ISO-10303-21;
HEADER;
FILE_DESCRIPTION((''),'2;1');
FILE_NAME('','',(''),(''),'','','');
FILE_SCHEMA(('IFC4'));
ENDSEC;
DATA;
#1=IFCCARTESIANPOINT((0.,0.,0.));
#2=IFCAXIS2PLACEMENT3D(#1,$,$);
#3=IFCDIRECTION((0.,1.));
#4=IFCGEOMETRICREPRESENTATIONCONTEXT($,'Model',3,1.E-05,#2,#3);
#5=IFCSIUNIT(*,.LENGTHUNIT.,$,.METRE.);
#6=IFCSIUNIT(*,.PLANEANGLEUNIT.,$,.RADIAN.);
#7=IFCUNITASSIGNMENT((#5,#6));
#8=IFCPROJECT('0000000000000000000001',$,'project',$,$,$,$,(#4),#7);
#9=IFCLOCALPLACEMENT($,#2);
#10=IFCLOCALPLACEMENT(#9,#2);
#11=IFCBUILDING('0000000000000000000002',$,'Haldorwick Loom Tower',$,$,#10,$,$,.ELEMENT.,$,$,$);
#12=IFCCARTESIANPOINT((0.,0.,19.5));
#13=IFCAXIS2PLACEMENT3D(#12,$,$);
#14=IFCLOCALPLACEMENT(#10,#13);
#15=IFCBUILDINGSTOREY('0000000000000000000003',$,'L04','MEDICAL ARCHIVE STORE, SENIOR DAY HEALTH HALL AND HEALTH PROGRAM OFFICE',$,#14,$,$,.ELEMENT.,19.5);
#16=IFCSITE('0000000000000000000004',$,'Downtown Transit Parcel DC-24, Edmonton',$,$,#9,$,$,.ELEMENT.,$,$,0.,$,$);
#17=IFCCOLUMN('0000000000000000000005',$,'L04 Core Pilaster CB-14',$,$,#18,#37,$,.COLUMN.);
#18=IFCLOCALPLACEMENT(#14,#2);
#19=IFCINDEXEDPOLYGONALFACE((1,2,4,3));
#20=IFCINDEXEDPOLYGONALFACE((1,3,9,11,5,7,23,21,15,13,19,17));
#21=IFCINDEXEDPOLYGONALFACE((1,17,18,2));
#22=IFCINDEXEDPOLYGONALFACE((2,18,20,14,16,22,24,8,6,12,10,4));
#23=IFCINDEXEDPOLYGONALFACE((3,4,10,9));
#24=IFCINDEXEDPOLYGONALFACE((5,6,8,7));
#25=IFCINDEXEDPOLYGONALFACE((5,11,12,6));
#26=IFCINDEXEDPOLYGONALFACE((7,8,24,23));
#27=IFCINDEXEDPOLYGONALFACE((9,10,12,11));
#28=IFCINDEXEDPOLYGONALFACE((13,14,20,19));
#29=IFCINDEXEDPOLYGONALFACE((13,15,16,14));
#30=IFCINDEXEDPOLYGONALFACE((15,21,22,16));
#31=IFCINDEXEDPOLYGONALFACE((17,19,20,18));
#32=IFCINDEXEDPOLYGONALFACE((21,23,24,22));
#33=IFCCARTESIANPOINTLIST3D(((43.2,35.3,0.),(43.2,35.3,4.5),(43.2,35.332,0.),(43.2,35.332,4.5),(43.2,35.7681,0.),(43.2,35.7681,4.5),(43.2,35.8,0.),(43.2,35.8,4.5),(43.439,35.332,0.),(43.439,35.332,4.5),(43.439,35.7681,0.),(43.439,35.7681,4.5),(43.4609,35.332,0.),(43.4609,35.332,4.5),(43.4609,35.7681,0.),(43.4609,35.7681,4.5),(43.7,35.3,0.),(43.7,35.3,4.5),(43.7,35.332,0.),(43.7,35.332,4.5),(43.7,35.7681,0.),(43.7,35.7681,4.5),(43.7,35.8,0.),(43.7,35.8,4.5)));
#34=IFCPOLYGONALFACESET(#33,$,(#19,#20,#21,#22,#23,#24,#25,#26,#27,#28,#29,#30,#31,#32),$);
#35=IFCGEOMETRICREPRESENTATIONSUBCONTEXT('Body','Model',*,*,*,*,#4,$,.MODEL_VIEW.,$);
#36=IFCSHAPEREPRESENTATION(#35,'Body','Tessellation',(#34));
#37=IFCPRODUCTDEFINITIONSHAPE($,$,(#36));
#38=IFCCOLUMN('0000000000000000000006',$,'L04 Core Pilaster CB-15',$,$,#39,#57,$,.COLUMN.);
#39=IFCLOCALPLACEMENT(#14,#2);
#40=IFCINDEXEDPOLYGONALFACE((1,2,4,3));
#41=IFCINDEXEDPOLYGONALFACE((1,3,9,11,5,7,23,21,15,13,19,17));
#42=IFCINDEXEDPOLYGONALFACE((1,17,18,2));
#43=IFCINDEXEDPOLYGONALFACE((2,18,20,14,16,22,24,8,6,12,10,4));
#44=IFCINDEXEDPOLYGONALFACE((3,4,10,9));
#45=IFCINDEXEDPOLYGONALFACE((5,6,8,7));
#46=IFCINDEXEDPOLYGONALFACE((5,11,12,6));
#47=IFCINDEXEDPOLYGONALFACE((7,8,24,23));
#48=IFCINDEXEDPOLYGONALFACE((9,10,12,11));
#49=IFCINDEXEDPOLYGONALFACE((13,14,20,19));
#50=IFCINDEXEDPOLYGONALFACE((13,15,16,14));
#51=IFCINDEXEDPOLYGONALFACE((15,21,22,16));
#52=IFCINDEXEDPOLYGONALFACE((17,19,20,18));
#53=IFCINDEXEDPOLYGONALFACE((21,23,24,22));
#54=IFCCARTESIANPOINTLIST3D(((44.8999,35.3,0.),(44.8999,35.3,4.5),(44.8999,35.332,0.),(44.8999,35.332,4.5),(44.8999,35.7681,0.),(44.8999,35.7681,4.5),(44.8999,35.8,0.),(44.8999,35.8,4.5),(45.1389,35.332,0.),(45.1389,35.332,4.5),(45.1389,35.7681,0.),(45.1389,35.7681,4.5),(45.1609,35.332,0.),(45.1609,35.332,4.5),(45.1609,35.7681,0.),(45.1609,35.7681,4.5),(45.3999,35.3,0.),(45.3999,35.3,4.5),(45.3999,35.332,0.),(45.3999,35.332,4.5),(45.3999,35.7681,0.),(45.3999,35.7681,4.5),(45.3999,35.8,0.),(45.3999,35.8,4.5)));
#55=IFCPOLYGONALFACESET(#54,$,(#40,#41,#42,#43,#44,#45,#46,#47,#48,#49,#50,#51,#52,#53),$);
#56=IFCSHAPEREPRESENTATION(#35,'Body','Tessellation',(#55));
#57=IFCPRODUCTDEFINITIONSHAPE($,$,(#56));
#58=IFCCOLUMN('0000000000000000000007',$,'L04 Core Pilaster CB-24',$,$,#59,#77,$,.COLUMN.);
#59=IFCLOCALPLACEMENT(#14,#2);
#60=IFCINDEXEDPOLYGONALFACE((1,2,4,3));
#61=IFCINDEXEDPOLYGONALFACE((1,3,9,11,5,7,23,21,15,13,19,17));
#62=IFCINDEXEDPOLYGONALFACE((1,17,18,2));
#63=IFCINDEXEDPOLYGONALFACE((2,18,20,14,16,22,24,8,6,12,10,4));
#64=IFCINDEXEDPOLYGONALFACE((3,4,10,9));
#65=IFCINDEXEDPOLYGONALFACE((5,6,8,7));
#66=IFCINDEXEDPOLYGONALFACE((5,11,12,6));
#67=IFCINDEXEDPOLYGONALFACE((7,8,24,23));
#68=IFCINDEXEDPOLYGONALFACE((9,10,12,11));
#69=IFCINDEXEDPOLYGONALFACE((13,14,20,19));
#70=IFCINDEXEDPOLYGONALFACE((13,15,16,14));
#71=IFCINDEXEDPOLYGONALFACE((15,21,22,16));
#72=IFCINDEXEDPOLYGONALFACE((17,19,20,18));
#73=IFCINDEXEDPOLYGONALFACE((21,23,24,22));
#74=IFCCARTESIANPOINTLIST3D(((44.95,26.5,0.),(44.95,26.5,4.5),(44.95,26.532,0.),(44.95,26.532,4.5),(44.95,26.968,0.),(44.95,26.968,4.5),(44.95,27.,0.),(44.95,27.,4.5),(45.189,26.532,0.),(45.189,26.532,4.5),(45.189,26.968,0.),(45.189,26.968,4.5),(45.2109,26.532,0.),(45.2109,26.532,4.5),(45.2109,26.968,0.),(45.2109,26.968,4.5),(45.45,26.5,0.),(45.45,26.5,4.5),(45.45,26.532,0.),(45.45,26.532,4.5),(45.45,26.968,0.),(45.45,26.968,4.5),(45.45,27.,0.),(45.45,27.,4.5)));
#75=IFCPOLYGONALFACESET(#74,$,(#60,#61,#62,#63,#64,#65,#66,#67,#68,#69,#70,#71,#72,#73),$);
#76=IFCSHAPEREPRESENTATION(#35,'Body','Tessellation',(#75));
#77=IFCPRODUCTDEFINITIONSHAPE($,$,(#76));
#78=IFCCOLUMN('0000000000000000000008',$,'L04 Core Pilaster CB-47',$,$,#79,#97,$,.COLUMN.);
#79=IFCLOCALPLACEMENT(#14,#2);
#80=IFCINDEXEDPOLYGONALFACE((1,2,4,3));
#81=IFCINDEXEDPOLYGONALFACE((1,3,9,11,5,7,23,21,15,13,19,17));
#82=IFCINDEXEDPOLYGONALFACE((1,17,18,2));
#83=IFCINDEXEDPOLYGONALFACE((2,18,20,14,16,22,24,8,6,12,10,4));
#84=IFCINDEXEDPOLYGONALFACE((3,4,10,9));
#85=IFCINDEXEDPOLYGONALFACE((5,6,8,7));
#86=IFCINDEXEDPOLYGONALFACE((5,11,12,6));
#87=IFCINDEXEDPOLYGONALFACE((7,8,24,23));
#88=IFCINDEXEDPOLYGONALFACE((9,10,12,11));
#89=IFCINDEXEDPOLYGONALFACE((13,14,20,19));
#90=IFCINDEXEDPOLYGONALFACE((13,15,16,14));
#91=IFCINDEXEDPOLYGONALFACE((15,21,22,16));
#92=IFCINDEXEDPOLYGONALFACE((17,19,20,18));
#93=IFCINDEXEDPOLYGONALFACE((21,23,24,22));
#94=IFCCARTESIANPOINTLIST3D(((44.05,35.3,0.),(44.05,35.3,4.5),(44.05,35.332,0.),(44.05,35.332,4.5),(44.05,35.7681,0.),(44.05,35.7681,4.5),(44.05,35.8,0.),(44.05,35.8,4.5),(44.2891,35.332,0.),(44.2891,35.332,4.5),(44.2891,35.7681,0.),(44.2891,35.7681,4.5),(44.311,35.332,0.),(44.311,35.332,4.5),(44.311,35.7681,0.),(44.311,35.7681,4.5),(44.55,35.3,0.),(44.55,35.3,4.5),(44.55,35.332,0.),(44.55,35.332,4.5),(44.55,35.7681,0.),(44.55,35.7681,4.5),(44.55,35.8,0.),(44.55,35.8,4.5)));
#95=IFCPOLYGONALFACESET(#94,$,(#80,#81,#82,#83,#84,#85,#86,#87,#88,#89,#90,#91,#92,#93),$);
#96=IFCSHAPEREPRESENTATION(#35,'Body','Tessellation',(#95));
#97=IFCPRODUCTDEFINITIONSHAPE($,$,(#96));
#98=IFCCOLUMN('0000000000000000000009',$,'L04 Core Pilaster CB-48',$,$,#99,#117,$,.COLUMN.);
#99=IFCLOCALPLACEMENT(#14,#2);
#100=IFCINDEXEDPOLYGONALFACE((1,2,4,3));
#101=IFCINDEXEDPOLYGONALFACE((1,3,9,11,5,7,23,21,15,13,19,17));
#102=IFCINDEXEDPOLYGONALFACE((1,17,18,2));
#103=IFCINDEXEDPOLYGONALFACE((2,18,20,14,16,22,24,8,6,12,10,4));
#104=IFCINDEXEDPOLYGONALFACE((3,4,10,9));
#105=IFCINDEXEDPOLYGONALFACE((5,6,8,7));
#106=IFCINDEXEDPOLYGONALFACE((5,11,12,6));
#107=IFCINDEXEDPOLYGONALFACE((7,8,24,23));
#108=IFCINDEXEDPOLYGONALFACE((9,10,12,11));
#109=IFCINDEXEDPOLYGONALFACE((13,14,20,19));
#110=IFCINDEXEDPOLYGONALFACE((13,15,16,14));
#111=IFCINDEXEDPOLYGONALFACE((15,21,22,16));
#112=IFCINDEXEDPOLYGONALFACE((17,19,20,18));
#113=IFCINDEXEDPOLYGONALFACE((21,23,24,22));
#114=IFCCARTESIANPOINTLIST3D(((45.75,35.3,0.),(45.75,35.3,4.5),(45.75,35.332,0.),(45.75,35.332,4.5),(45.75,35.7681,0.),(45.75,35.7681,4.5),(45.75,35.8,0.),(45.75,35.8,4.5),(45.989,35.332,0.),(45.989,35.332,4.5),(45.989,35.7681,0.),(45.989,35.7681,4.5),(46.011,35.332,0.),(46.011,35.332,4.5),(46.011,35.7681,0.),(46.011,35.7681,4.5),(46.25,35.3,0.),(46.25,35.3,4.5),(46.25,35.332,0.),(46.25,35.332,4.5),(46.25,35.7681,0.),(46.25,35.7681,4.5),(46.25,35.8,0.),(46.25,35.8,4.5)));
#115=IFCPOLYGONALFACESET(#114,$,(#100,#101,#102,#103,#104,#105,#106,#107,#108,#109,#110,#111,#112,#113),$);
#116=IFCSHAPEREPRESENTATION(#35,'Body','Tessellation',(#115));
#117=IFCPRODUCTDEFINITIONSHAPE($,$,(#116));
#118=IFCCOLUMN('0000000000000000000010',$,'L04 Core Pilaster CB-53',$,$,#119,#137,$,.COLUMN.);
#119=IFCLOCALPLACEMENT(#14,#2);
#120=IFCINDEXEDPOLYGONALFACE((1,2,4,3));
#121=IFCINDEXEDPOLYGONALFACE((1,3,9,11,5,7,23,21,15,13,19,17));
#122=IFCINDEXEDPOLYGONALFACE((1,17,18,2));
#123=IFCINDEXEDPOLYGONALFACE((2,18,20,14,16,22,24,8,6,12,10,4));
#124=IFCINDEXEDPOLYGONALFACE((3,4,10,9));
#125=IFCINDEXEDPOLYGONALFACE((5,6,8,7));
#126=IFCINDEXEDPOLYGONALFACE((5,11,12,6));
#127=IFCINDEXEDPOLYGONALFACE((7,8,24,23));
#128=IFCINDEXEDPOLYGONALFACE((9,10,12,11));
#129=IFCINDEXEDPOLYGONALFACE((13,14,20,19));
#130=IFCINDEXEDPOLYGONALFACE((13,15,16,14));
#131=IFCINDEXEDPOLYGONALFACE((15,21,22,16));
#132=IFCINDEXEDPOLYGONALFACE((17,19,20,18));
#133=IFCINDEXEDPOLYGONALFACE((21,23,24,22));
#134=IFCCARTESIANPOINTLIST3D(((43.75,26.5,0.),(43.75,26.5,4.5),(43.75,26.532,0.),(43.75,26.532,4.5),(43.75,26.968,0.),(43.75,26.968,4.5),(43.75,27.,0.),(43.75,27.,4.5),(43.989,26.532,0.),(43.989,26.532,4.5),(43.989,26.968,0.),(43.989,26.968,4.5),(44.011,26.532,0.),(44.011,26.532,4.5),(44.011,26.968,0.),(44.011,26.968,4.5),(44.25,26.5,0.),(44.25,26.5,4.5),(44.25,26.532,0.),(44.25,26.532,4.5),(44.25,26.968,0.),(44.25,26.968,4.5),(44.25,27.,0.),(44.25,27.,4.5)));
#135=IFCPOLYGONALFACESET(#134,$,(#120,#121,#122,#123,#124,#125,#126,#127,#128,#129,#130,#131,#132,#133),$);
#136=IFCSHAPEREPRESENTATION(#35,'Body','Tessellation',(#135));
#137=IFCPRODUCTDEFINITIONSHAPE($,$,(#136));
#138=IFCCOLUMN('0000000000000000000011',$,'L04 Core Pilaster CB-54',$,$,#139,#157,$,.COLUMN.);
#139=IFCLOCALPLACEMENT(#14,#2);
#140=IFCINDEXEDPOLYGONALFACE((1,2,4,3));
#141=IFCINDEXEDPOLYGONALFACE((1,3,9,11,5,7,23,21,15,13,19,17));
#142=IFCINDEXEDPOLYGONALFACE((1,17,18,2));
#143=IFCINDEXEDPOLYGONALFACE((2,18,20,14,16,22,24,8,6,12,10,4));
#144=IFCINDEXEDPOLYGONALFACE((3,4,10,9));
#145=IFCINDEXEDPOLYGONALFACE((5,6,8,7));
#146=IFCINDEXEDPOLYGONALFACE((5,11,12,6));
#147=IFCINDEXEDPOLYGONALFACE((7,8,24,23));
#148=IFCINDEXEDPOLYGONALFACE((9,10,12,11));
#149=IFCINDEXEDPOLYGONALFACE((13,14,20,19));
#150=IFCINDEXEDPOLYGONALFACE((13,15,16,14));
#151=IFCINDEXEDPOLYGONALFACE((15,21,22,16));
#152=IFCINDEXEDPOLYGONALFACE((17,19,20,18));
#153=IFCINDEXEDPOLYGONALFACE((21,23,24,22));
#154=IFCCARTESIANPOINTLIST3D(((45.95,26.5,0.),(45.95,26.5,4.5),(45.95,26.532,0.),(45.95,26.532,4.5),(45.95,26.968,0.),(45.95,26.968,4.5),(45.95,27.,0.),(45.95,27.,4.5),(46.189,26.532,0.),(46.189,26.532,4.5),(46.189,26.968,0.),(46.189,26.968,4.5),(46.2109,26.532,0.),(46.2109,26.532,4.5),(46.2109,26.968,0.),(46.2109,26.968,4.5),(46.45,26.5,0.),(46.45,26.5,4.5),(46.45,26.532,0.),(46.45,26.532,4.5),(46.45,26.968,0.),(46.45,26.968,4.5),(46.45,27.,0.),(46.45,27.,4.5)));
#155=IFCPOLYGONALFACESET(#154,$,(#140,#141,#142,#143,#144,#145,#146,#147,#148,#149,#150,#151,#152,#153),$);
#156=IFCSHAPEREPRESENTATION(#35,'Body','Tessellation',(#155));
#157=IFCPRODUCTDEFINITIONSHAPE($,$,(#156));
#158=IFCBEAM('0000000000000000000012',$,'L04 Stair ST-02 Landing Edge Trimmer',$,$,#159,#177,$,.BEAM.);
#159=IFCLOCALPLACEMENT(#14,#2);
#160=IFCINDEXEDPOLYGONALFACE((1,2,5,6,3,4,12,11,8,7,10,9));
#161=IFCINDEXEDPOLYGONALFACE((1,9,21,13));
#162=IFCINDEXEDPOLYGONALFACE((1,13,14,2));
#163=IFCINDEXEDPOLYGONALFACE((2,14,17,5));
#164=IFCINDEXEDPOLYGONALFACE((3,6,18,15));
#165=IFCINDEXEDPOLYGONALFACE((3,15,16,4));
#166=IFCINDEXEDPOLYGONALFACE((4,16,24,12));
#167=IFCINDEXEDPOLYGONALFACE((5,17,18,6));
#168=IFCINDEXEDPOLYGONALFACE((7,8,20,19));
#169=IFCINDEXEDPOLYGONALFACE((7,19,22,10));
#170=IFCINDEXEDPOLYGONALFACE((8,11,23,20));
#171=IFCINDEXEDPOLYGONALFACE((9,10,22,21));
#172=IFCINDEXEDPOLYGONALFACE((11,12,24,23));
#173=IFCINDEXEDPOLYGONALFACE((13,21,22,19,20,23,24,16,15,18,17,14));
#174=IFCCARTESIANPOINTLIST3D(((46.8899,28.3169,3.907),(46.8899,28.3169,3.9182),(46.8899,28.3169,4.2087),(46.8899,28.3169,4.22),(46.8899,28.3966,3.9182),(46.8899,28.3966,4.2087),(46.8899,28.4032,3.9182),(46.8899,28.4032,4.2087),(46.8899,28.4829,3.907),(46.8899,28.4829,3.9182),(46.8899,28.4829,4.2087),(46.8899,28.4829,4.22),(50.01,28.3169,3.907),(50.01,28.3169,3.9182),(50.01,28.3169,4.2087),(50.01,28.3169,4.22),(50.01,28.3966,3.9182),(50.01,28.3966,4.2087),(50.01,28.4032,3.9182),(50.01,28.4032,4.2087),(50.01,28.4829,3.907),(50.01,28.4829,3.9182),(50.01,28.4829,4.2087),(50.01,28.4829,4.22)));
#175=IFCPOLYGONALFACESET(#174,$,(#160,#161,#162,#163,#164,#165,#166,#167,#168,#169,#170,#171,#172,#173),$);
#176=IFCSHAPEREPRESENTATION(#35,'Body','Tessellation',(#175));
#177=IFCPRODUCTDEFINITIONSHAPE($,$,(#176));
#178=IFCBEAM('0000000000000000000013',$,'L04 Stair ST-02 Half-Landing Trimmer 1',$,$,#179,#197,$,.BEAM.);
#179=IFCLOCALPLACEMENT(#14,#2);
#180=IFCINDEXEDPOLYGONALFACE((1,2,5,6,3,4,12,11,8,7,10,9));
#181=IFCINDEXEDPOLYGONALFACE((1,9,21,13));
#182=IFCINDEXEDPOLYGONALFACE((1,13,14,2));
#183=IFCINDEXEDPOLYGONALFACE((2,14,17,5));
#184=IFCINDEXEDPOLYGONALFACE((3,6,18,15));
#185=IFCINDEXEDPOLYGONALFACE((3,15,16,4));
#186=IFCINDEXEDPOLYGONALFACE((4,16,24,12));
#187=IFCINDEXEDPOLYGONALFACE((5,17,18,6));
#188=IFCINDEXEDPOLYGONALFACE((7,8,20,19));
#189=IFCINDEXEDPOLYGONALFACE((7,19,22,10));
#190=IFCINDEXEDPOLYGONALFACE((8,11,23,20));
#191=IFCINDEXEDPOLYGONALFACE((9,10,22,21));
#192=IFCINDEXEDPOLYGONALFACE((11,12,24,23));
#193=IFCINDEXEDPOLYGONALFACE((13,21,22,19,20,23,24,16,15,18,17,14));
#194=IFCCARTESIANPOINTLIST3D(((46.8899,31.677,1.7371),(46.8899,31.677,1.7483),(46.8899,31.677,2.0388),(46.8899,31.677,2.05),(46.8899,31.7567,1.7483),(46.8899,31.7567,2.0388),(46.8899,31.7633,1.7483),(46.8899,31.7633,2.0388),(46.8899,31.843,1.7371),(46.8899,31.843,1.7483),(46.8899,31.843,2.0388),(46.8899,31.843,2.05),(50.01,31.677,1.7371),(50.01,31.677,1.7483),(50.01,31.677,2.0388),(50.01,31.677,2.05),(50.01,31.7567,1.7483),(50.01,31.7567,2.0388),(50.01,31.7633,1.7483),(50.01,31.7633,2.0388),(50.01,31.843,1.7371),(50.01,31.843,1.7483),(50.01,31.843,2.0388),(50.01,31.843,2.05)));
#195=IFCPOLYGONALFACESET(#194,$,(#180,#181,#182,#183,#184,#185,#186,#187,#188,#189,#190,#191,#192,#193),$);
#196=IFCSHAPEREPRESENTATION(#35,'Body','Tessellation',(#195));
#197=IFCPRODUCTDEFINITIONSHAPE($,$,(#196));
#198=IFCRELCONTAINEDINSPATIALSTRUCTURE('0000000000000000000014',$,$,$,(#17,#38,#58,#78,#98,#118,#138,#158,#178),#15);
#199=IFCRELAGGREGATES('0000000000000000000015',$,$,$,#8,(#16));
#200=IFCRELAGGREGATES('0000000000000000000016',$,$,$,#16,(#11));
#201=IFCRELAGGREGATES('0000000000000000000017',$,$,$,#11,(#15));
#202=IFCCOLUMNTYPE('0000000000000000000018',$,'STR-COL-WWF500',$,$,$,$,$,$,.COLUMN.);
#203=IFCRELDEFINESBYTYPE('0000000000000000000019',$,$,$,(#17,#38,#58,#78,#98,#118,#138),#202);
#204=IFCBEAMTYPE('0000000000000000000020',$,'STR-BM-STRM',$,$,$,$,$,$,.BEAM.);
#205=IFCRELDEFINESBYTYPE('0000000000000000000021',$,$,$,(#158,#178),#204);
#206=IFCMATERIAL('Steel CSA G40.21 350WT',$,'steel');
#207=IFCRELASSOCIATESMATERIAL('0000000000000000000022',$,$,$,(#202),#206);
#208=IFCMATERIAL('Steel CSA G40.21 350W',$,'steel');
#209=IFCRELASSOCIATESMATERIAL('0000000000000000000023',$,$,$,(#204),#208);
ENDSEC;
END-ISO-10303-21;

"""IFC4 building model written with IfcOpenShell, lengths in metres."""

from ifc_helpers import new_model, si_unit, direction, frame, origin, origin_2d, place, context, subcontext, project, spatial, i_section, extrude, material, material_profile, profile_set, type_object, element, save


model = new_model("IFC4")

# Units and contexts
model_context = context("Model", 3, precision=1e-05, world=origin(), true_north=direction((0.0, 1.0)))
body_context = subcontext(model_context, "Body", "Model", "MODEL_VIEW")
ifc_project = project(units=[si_unit("LENGTHUNIT", "METRE"), si_unit("PLANEANGLEUNIT", "RADIAN")], contexts=[model_context])

# Site, building, storey
site_placement = place(None, origin())
site = spatial("IfcSite", under=ifc_project, at=site_placement, Name="Downtown Transit Parcel DC-24, Edmonton", CompositionType="ELEMENT", RefElevation=0.0)
building_placement = place(site_placement, origin())
building = spatial("IfcBuilding", under=site, at=building_placement, Name="Haldorwick Loom Tower", CompositionType="ELEMENT")
storey_placement = place(building_placement, frame((0.0, 0.0, 19.5)))
storey = spatial("IfcBuildingStorey", under=building, at=storey_placement, Name="L04", Description="MEDICAL ARCHIVE STORE, SENIOR DAY HEALTH HALL AND HEALTH PROGRAM OFFICE", CompositionType="ELEMENT", Elevation=19.5)

# Columns
ifc_material_1 = material(Name="Steel CSA G40.21 350WT", Category="steel")
ifc_material_profile_1 = material_profile(ifc_material_1, i_section(OverallWidth=0.5, OverallDepth=0.5, WebThickness=0.022, FlangeThickness=0.032, at=origin_2d()), Name="WWF500X500", Category="steel")
ifc_profile_set_1 = profile_set([ifc_material_profile_1], Name="Steel CSA G40.21 350WT")
column_type = type_object("IfcColumnType", Name="STR-COL-WWF500", PredefinedType="COLUMN", material=ifc_profile_set_1)
for number, where, z_axis, x_axis, name in (
    (1, (43.45, 35.55, 0.0), (0.0, 0.0, 1.0), (1.0, 0.0, 0.0), "L04 Core Pilaster CB-14"),
    (2, (45.1499, 35.55, 0.0), (0.0, 0.0, 1.0), (1.0, 0.0, 0.0), "L04 Core Pilaster CB-15"),
    (3, (45.2, 26.75, 0.0), (0.0, 0.0, 1.0), (1.0, 0.0, 0.0), "L04 Core Pilaster CB-24"),
    (4, (44.3, 35.55, 0.0), (0.0, 0.0, 1.0), (1.0, 0.0, 0.0), "L04 Core Pilaster CB-47"),
    (5, (46.0, 35.55, 0.0), (0.0, 0.0, 1.0), (1.0, 0.0, 0.0), "L04 Core Pilaster CB-48"),
    (6, (44.0, 26.75, 0.0), (0.0, 0.0, 1.0), (1.0, 0.0, 0.0), "L04 Core Pilaster CB-53"),
    (7, (46.2, 26.75, 0.0), (0.0, 0.0, 1.0), (1.0, 0.0, 0.0), "L04 Core Pilaster CB-54"),
):
    element("IfcColumn", number, at=place(storey_placement, frame(where, z_axis=z_axis, x_axis=x_axis)), inside=storey, type_object=column_type, Name=name, PredefinedType="COLUMN", context=body_context, shape_type="SweptSolid", body=[
        extrude(i_section(OverallWidth=0.5, OverallDepth=0.5, WebThickness=0.022, FlangeThickness=0.032, at=origin_2d()), origin(), (0.0, 0.0, 1.0), 4.5),
    ])

# Beams
ifc_material_2 = material(Name="Steel CSA G40.21 350W", Category="steel")
ifc_material_profile_2 = material_profile(ifc_material_2, i_section(OverallWidth=0.166, OverallDepth=0.313, WebThickness=0.0066, FlangeThickness=0.0112, at=origin_2d()), Name="W310X45", Category="steel")
ifc_profile_set_2 = profile_set([ifc_material_profile_2], Name="Steel CSA G40.21 350W")
beam_type_1 = type_object("IfcBeamType", Name="STR-BM-STRM", PredefinedType="BEAM", material=ifc_profile_set_2)
for number, where, z_axis, x_axis, name in (
    (8, (46.8899, 28.3999, 4.0635), (1.0, 0.0, 0.0), (0.0, 1.0, 0.0), "L04 Stair ST-02 Landing Edge Trimmer"),
    (9, (46.8899, 31.76, 1.8936), (1.0, 0.0, 0.0), (0.0, 1.0, 0.0), "L04 Stair ST-02 Half-Landing Trimmer 1"),
):
    element("IfcBeam", number, at=place(storey_placement, frame(where, z_axis=z_axis, x_axis=x_axis)), inside=storey, type_object=beam_type_1, Name=name, PredefinedType="BEAM", context=body_context, shape_type="SweptSolid", body=[
        extrude(i_section(OverallWidth=0.166, OverallDepth=0.313, WebThickness=0.0066, FlangeThickness=0.0112, at=origin_2d()), origin(), (0.0, 0.0, 1.0), 3.1201),
    ])

save(model, "model.ifc")
